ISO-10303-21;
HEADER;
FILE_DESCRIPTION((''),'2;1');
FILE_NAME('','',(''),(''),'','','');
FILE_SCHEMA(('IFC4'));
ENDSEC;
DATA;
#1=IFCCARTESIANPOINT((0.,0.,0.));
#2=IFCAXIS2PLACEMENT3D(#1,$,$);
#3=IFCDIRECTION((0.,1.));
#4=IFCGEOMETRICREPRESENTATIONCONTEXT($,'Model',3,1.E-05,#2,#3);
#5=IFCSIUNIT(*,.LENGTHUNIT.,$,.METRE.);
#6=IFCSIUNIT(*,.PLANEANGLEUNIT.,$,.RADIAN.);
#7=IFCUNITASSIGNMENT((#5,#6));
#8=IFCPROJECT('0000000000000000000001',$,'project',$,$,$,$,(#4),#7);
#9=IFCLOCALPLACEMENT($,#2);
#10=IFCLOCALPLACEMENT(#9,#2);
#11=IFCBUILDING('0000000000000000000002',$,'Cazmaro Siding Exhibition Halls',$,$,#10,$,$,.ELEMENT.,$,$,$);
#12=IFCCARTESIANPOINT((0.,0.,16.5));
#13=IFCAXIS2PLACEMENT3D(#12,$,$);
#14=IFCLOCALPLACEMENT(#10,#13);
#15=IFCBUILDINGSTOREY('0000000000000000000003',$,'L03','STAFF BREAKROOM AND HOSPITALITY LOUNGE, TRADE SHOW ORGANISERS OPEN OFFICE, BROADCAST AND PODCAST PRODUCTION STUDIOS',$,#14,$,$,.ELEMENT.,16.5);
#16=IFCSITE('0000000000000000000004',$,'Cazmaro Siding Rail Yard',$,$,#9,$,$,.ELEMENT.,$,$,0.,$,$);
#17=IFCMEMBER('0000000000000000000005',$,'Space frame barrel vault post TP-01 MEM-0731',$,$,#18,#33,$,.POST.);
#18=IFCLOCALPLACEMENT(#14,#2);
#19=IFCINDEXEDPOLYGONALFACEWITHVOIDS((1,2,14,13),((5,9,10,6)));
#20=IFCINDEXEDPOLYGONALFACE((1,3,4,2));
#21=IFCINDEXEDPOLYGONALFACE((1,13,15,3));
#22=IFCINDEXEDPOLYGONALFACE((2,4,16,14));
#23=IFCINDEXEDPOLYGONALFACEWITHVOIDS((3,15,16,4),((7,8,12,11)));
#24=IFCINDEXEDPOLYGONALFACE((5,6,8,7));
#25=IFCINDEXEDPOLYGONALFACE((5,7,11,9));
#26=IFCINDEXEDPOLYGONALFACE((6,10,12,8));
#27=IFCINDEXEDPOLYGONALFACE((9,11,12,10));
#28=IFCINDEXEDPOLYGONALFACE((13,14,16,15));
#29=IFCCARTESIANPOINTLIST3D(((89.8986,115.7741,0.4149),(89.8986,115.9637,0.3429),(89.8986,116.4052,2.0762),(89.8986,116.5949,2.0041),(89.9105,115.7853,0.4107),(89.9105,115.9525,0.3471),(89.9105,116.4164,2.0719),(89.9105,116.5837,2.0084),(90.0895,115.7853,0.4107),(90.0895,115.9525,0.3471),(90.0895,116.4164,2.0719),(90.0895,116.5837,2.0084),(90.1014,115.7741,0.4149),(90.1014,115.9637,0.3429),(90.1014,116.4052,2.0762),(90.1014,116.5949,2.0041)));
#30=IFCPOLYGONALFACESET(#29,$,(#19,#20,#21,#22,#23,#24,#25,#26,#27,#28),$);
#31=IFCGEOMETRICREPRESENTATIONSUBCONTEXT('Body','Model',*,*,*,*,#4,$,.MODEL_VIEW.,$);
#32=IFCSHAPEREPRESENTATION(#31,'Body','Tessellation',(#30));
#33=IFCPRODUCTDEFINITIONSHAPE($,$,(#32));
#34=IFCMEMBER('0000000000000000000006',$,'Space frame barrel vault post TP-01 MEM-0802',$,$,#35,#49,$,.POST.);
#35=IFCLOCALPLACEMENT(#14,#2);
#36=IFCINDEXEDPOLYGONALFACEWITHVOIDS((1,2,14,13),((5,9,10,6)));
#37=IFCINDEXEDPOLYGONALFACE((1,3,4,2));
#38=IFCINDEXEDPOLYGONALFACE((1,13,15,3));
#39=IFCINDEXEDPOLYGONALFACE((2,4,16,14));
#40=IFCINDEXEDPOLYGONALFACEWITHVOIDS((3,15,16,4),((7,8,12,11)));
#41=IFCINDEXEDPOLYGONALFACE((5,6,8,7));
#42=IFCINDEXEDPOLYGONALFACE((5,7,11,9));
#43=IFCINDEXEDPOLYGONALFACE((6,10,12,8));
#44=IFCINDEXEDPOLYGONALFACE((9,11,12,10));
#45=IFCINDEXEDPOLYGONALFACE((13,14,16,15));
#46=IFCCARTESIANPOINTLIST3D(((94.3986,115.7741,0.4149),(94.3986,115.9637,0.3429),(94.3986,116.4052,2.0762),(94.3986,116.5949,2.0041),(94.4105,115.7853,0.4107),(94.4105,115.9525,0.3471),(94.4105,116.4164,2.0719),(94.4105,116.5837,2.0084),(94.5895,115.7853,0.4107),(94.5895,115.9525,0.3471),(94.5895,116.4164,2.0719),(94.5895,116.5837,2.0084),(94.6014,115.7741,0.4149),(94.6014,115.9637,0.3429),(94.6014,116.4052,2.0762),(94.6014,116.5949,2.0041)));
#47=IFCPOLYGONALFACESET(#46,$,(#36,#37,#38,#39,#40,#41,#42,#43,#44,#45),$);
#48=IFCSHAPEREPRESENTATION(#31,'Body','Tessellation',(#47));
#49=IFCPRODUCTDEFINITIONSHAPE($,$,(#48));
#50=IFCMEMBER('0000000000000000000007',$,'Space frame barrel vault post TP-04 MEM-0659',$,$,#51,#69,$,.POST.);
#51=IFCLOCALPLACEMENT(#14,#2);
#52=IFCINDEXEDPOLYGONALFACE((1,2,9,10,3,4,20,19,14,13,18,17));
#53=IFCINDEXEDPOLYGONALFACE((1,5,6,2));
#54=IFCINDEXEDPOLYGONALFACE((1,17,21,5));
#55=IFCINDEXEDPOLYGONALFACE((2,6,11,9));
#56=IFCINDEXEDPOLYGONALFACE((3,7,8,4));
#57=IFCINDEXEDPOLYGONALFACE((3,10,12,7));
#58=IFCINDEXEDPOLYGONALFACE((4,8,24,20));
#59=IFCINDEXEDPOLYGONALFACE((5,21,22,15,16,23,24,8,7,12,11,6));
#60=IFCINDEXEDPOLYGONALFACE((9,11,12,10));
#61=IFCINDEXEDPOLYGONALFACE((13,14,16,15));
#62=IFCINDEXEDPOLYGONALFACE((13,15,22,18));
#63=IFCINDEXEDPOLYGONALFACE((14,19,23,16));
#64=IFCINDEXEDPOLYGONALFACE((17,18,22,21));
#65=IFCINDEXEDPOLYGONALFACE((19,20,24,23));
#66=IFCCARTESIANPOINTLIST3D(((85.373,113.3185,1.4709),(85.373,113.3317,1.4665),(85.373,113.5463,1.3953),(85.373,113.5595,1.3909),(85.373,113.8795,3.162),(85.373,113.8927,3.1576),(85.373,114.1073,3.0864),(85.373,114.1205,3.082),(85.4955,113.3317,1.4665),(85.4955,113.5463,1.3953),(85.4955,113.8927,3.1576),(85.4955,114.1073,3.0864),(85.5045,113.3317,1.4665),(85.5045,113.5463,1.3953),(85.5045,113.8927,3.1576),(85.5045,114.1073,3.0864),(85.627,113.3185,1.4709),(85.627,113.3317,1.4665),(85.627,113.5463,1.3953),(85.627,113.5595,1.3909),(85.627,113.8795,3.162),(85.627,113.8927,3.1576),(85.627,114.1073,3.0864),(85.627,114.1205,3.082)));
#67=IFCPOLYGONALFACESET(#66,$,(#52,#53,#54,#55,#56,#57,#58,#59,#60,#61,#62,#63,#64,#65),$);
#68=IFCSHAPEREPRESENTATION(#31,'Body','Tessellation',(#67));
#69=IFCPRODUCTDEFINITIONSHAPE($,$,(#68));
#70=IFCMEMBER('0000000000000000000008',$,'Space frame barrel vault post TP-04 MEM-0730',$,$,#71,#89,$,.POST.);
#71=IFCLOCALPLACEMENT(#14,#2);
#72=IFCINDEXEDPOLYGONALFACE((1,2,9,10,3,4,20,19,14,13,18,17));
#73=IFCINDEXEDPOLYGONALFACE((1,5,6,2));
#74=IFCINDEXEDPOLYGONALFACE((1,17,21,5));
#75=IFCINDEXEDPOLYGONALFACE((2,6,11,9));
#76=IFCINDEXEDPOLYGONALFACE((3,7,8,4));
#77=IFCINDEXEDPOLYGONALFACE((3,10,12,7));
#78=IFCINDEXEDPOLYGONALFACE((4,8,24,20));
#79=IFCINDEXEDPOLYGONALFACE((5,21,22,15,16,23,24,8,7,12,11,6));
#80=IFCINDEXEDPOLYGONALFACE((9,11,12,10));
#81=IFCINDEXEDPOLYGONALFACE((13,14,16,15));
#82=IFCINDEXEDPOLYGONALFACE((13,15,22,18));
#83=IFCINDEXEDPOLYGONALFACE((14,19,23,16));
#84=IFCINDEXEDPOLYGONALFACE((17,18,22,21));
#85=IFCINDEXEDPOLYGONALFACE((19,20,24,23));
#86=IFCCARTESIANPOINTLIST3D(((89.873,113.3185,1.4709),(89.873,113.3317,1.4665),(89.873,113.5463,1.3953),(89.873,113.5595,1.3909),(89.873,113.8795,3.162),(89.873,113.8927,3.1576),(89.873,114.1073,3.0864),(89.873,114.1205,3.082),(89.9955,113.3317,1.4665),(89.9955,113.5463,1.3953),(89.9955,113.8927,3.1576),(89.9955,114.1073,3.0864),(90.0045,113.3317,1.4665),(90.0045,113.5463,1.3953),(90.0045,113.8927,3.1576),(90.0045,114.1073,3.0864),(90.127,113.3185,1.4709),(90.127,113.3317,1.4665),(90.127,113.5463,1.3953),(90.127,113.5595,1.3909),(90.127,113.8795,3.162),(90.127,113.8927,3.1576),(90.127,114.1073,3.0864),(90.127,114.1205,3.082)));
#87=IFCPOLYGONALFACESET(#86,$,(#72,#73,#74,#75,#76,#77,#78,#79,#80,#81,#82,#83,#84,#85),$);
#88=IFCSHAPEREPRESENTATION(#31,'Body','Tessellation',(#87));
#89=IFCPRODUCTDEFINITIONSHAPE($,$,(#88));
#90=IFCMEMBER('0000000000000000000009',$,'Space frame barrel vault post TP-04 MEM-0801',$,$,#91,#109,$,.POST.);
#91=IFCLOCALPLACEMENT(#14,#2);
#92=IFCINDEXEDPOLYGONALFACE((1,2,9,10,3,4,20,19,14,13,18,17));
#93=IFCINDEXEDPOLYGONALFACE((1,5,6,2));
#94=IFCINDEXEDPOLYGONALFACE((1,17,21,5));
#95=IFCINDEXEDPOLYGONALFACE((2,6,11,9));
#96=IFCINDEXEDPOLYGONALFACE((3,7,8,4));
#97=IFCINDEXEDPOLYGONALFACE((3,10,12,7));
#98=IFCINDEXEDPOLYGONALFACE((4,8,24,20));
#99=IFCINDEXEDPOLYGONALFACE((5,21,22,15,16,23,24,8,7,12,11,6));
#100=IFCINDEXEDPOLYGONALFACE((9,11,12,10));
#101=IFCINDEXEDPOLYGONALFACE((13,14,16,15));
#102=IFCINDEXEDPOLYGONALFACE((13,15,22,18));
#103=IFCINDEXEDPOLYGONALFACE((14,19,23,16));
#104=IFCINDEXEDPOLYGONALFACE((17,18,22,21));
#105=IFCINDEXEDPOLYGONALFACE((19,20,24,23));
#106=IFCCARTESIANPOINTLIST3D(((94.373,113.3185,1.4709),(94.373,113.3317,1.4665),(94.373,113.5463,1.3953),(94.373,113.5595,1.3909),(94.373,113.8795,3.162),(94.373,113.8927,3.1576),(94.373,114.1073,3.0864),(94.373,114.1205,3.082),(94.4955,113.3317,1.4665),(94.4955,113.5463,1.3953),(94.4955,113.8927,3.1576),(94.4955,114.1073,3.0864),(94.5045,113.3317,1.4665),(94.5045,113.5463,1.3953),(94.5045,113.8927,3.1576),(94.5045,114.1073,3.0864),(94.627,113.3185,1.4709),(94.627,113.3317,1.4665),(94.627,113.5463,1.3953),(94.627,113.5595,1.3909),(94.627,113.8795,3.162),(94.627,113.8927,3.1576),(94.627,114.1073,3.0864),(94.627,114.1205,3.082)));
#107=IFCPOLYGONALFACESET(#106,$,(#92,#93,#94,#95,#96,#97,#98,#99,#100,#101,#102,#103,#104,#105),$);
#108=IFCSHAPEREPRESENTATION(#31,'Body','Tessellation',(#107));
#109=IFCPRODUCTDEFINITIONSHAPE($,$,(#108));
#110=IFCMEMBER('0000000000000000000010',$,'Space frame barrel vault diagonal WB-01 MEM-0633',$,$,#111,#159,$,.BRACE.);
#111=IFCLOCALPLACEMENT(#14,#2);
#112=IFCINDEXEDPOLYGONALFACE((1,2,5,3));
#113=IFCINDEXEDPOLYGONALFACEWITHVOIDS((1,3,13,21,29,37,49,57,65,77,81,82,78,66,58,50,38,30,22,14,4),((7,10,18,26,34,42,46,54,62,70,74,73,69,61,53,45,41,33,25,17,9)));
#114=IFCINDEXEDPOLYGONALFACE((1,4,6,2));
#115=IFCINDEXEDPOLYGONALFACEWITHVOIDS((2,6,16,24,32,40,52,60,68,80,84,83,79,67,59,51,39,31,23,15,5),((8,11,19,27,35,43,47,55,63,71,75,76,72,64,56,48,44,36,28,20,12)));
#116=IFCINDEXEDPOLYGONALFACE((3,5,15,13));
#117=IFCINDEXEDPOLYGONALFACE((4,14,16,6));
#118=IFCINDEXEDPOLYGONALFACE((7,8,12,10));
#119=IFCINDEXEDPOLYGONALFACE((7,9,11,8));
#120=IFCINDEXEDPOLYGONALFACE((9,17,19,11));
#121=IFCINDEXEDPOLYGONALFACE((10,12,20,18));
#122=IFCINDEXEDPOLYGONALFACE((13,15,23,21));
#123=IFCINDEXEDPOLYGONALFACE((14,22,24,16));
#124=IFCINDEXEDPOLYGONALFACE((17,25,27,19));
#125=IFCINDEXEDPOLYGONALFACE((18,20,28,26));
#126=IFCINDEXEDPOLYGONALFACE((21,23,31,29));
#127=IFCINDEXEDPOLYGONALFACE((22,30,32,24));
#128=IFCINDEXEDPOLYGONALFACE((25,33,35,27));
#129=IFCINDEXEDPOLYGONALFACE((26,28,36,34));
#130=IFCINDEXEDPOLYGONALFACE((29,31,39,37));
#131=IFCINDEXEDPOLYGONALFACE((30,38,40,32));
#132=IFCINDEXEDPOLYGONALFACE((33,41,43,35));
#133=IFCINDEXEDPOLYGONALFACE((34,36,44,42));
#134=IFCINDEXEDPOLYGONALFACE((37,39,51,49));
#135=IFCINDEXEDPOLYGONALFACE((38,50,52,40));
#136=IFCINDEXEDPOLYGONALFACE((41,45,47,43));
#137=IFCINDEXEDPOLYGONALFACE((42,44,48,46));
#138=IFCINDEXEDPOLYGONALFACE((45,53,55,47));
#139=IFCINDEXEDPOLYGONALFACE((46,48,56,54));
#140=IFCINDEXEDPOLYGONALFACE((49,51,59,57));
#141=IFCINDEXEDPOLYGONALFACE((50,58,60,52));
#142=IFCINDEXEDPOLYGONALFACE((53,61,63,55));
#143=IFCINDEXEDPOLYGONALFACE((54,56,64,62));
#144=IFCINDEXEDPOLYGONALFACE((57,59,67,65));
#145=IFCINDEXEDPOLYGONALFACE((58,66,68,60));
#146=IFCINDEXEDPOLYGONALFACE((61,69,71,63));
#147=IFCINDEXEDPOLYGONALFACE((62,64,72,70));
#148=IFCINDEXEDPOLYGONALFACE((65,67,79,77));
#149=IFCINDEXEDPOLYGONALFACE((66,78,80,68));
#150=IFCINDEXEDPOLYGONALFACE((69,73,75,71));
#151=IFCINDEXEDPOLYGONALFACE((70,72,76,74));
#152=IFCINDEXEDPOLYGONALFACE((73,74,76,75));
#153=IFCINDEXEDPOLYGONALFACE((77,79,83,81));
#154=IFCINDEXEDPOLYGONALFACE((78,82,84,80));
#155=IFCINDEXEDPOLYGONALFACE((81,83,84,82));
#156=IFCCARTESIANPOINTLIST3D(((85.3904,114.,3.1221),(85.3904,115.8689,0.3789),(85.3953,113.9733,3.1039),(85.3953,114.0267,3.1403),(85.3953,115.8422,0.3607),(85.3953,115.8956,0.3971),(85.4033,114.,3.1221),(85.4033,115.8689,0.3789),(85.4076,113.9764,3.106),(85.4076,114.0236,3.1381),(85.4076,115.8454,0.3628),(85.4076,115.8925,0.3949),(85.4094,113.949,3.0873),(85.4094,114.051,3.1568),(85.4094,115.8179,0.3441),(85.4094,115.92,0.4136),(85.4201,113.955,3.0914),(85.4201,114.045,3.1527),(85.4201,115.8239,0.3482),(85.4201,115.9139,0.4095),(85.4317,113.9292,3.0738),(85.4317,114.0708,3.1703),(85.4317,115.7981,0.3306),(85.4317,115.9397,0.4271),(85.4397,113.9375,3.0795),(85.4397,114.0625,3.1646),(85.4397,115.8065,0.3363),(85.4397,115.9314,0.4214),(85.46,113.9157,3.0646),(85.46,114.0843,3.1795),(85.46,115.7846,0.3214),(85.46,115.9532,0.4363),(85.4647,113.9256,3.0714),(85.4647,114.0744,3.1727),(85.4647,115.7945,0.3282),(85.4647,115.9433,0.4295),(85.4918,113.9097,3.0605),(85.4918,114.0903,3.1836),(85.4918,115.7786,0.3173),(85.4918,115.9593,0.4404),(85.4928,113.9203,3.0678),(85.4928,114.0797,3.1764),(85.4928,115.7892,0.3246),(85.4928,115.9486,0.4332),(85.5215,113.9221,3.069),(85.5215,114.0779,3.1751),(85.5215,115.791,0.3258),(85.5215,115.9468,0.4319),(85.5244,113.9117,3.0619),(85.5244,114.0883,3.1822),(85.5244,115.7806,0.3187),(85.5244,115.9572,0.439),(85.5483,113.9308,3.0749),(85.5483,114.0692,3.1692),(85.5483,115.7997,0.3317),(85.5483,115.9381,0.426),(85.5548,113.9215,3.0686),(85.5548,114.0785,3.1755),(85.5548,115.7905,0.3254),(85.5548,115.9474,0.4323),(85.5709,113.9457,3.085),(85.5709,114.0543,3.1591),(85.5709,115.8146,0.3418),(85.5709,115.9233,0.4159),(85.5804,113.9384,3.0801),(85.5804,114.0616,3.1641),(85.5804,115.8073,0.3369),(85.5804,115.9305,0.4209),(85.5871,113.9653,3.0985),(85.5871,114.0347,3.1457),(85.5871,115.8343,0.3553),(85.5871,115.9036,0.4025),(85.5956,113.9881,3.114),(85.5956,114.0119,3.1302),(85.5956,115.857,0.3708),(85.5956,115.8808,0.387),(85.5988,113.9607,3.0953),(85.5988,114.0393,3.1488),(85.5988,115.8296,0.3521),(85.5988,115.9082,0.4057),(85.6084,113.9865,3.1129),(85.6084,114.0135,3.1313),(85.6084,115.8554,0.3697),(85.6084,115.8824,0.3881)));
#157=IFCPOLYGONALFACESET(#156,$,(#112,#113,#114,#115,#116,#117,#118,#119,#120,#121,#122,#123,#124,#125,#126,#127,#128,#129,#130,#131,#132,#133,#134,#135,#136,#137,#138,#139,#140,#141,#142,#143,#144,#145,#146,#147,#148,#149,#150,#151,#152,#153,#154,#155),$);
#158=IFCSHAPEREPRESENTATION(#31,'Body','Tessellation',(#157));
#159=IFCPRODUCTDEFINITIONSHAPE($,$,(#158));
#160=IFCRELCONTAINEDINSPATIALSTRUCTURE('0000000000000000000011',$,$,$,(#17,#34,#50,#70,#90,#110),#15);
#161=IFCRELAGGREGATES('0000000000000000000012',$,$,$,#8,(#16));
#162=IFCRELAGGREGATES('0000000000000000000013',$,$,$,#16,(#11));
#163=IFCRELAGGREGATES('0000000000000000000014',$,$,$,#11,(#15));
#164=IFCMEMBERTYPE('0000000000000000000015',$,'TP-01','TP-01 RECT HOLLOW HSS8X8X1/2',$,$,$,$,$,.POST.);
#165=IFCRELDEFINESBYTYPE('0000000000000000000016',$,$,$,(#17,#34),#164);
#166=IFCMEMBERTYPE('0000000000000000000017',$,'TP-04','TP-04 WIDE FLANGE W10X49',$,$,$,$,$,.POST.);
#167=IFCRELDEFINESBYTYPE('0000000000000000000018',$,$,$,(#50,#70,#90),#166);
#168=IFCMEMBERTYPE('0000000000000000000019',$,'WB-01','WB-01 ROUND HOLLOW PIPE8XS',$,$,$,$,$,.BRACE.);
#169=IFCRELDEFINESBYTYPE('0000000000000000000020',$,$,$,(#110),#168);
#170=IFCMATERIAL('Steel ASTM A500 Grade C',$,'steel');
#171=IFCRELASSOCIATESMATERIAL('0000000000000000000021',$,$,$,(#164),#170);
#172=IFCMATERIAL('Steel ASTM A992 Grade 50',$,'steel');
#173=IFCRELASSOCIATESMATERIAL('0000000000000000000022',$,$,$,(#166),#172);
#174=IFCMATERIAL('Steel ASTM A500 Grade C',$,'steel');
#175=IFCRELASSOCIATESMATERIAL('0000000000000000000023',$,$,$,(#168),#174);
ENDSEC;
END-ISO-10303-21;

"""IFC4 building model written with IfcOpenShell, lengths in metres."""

from ifc_helpers import new_model, si_unit, direction, frame, origin, origin_2d, place, context, subcontext, project, spatial, hollow_rectangle, hollow_circle, i_section, extrude, material, material_profile, profile_set, type_object, element, save


model = new_model("IFC4")

# Units and contexts
model_context = context("Model", 3, precision=1e-05, world=origin(), true_north=direction((0.0, 1.0)))
body_context = subcontext(model_context, "Body", "Model", "MODEL_VIEW")
ifc_project = project(units=[si_unit("LENGTHUNIT", "METRE"), si_unit("PLANEANGLEUNIT", "RADIAN")], contexts=[model_context])

# Site, building, storey
site_placement = place(None, origin())
site = spatial("IfcSite", under=ifc_project, at=site_placement, Name="Cazmaro Siding Rail Yard", CompositionType="ELEMENT", RefElevation=0.0)
building_placement = place(site_placement, origin())
building = spatial("IfcBuilding", under=site, at=building_placement, Name="Cazmaro Siding Exhibition Halls", CompositionType="ELEMENT")
storey_placement = place(building_placement, frame((0.0, 0.0, 16.5)))
storey = spatial("IfcBuildingStorey", under=building, at=storey_placement, Name="L03", Description="STAFF BREAKROOM AND HOSPITALITY LOUNGE, TRADE SHOW ORGANISERS OPEN OFFICE, BROADCAST AND PODCAST PRODUCTION STUDIOS", CompositionType="ELEMENT", Elevation=16.5)

# Members
ifc_material_1 = material(Name="Steel ASTM A500 Grade C", Category="steel")
ifc_material_profile_1 = material_profile(ifc_material_1, hollow_rectangle(XDim=0.2029, YDim=0.2029, WallThickness=0.012, at=origin_2d()), Name="HSS8X8X1/2")
ifc_profile_set_1 = profile_set([ifc_material_profile_1], Name="Steel ASTM A500 Grade C")
member_type_1 = type_object("IfcMemberType", Name="TP-01", Description="TP-01 RECT HOLLOW HSS8X8X1/2", PredefinedType="POST", material=ifc_profile_set_1)
for number, where, z_axis, x_axis, name in (
    (1, (90.0, 115.8689, 0.3789), (0.0, 0.355155, 0.934807), (-1.0, 0.0, 0.0), "Space frame barrel vault post TP-01 MEM-0731"),
    (2, (94.5, 115.8689, 0.3789), (0.0, 0.355155, 0.934807), (-1.0, 0.0, 0.0), "Space frame barrel vault post TP-01 MEM-0802"),
):
    element("IfcMember", number, at=place(storey_placement, frame(where, z_axis=z_axis, x_axis=x_axis)), inside=storey, type_object=member_type_1, Name=name, PredefinedType="POST", context=body_context, shape_type="SweptSolid", body=[
        extrude(hollow_rectangle(XDim=0.2029, YDim=0.2029, WallThickness=0.012, at=origin_2d()), origin(), (0.0, 0.0, 1.0), 1.7771),
    ])
ifc_material_2 = material(Name="Steel ASTM A992 Grade 50", Category="steel")
ifc_material_profile_2 = material_profile(ifc_material_2, i_section(OverallWidth=0.2539, OverallDepth=0.2539, WebThickness=0.009, FlangeThickness=0.0139, at=origin_2d()), Name="W10X49")
ifc_profile_set_2 = profile_set([ifc_material_profile_2], Name="Steel ASTM A992 Grade 50")
member_type_2 = type_object("IfcMemberType", Name="TP-04", Description="TP-04 WIDE FLANGE W10X49", PredefinedType="POST", material=ifc_profile_set_2)
for number, where, z_axis, x_axis, name in (
    (3, (85.5, 113.439, 1.4309), (0.0, 0.314871, 0.949134), (-1.0, 0.0, 0.0), "Space frame barrel vault post TP-04 MEM-0659"),
    (4, (90.0, 113.439, 1.4309), (0.0, 0.314871, 0.949134), (-1.0, 0.0, 0.0), "Space frame barrel vault post TP-04 MEM-0730"),
    (5, (94.5, 113.439, 1.4309), (0.0, 0.314871, 0.949134), (-1.0, 0.0, 0.0), "Space frame barrel vault post TP-04 MEM-0801"),
):
    element("IfcMember", number, at=place(storey_placement, frame(where, z_axis=z_axis, x_axis=x_axis)), inside=storey, type_object=member_type_2, Name=name, PredefinedType="POST", context=body_context, shape_type="SweptSolid", body=[
        extrude(i_section(OverallWidth=0.2539, OverallDepth=0.2539, WebThickness=0.009, FlangeThickness=0.0139, at=origin_2d()), origin(), (0.0, 0.0, 1.0), 1.7817),
    ])
ifc_material_3 = material(Name="Steel ASTM A500 Grade C", Category="steel")
ifc_material_profile_3 = material_profile(ifc_material_3, hollow_circle(Radius=0.1096, WallThickness=0.0129, at=origin_2d()), Name="PIPE8XS")
ifc_profile_set_3 = profile_set([ifc_material_profile_3], Name="Steel ASTM A500 Grade C")
member_type_3 = type_object("IfcMemberType", Name="WB-01", Description="WB-01 ROUND HOLLOW PIPE8XS", PredefinedType="BRACE", material=ifc_profile_set_3)
for number, where, z_axis, x_axis, name in (
    (6, (85.5, 114.0, 3.1221), (0.0, 0.56304, -0.82643), (-1.0, 0.0, 0.0), "Space frame barrel vault diagonal WB-01 MEM-0633"),
):
    element("IfcMember", number, at=place(storey_placement, frame(where, z_axis=z_axis, x_axis=x_axis)), inside=storey, type_object=member_type_3, Name=name, PredefinedType="BRACE", context=body_context, shape_type="SweptSolid", body=[
        extrude(hollow_circle(Radius=0.1096, WallThickness=0.0129, at=origin_2d()), origin(), (0.0, 0.0, 1.0), 3.3193),
    ])

save(model, "model.ifc")
